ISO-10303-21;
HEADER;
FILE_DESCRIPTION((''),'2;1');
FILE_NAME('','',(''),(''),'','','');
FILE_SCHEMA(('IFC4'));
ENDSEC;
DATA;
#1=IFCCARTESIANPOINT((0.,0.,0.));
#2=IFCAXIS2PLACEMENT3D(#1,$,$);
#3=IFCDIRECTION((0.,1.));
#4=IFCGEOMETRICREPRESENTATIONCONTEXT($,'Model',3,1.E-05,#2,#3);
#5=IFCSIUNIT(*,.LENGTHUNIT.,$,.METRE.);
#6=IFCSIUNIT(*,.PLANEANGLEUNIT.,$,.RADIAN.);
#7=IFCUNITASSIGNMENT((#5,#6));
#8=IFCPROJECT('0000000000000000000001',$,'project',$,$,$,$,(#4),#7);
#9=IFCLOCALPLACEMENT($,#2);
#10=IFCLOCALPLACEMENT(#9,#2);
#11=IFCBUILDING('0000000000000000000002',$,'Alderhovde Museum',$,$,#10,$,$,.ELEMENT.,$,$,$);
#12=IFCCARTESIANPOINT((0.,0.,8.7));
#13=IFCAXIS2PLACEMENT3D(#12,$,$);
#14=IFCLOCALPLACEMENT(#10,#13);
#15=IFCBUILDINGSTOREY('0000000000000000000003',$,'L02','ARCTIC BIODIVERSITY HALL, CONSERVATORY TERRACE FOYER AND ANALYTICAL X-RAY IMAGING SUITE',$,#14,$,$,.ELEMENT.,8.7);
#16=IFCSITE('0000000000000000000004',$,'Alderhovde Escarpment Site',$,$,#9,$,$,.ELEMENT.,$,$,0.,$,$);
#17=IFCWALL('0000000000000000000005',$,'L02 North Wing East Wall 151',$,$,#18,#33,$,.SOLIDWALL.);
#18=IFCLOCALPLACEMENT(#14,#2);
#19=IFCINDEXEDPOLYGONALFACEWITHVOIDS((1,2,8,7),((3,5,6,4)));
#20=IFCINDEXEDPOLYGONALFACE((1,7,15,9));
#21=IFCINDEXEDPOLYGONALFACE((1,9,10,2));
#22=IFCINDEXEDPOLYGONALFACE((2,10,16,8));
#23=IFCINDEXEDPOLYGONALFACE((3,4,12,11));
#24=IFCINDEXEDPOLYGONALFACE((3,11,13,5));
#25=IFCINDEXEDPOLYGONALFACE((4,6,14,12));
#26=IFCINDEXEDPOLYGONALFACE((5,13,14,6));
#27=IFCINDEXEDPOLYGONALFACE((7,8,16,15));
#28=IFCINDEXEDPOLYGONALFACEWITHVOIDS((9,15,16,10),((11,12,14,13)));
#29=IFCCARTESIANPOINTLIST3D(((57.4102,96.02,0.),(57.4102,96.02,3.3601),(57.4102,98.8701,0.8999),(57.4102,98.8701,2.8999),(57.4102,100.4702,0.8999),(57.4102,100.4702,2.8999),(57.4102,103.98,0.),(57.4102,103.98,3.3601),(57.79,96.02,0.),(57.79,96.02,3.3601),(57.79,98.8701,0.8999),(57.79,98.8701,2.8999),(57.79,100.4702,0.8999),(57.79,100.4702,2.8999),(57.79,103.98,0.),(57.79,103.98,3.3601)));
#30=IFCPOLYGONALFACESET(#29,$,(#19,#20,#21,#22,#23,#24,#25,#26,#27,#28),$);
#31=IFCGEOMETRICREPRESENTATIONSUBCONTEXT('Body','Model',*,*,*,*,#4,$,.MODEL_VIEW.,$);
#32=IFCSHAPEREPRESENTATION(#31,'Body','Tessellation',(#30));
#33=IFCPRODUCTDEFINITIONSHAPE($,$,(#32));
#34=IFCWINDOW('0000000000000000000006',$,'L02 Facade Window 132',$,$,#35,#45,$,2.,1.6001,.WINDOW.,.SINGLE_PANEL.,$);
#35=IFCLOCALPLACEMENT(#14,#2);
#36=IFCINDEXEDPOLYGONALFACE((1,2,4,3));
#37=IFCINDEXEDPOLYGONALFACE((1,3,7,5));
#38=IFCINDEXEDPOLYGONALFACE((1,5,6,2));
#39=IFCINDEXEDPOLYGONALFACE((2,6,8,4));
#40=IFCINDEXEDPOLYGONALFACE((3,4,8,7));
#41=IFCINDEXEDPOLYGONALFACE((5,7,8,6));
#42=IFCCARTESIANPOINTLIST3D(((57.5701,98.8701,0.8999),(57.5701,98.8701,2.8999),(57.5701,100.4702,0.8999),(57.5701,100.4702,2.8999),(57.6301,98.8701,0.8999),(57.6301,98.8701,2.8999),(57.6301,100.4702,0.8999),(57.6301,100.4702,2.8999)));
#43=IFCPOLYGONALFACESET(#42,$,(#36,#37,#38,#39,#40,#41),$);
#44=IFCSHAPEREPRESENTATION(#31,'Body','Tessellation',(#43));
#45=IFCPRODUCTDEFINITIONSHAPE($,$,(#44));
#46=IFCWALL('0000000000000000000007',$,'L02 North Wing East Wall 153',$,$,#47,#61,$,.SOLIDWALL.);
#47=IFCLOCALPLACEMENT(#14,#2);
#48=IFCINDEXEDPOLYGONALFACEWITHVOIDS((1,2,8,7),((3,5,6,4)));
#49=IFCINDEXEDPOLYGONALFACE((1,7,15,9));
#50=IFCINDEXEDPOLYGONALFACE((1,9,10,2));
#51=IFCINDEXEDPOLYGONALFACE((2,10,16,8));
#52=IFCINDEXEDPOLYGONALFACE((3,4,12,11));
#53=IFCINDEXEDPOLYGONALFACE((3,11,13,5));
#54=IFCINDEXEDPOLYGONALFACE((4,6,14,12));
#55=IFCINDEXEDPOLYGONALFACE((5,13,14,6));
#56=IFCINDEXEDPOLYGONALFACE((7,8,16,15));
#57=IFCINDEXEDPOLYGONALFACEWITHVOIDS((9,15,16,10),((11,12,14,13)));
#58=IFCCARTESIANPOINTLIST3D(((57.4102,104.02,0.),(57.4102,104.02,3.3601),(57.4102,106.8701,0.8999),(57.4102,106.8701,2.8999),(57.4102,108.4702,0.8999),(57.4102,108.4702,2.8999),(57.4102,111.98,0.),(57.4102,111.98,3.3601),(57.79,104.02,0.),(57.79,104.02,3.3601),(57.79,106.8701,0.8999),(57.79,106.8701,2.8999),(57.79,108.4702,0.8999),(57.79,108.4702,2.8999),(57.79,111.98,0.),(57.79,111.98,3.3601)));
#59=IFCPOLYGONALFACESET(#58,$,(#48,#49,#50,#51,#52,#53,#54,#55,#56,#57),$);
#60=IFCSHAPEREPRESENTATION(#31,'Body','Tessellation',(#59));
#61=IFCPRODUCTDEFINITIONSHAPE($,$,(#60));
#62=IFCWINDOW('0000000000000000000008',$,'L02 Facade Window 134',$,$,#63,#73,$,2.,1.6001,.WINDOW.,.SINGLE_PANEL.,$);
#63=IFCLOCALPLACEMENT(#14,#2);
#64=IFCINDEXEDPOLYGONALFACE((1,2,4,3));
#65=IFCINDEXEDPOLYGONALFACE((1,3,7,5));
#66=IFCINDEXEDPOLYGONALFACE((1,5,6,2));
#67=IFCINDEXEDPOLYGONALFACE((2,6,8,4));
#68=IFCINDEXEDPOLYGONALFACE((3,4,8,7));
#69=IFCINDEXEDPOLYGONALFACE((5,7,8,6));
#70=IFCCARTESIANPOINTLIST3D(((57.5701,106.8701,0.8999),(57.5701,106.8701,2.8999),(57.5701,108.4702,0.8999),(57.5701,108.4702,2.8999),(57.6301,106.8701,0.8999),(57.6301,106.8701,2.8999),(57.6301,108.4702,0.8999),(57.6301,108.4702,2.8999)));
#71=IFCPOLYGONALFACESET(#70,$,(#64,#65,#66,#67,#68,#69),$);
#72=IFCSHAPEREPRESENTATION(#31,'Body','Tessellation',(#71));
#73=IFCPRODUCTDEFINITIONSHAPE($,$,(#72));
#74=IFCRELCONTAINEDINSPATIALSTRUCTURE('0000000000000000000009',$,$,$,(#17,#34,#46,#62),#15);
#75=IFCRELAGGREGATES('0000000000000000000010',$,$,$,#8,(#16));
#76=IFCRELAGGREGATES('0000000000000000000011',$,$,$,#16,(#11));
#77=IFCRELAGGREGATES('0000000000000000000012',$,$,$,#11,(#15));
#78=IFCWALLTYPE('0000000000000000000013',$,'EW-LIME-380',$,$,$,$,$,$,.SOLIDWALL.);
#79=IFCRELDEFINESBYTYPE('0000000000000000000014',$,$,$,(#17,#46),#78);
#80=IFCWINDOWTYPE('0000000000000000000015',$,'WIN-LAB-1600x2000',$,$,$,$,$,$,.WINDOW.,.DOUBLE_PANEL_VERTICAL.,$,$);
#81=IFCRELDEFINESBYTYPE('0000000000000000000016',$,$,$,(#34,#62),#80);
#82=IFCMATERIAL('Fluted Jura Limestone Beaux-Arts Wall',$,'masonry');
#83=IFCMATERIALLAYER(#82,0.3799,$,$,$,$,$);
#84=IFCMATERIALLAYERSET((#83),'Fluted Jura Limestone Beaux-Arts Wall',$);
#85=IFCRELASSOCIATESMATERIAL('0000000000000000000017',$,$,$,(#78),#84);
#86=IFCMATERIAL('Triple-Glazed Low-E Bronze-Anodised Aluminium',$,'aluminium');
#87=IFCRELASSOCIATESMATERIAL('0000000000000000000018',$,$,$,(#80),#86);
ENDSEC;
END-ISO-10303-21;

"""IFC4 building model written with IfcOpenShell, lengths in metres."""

from ifc_helpers import new_model, si_unit, direction, frame, frame_2d, origin, place, context, subcontext, project, spatial, rectangle, extrude, material, layer, layer_set, type_object, element, fill, save


model = new_model("IFC4")

# Units and contexts
model_context = context("Model", 3, precision=1e-05, world=origin(), true_north=direction((0.0, 1.0)))
body_context = subcontext(model_context, "Body", "Model", "MODEL_VIEW")
ifc_project = project(units=[si_unit("LENGTHUNIT", "METRE"), si_unit("PLANEANGLEUNIT", "RADIAN")], contexts=[model_context])

# Site, building, storey
site_placement = place(None, origin())
site = spatial("IfcSite", under=ifc_project, at=site_placement, Name="Alderhovde Escarpment Site", CompositionType="ELEMENT", RefElevation=0.0)
building_placement = place(site_placement, origin())
building = spatial("IfcBuilding", under=site, at=building_placement, Name="Alderhovde Museum", CompositionType="ELEMENT")
storey_placement = place(building_placement, frame((0.0, 0.0, 8.7)))
storey = spatial("IfcBuildingStorey", under=building, at=storey_placement, Name="L02", Description="ARCTIC BIODIVERSITY HALL, CONSERVATORY TERRACE FOYER AND ANALYTICAL X-RAY IMAGING SUITE", CompositionType="ELEMENT", Elevation=8.7)

# Walls, openings, windows
ifc_material_1 = material(Name="Fluted Jura Limestone Beaux-Arts Wall", Category="masonry")
ifc_layer_1 = layer(ifc_material_1, 0.3799)
ifc_layer_set_1 = layer_set([ifc_layer_1], Name="Fluted Jura Limestone Beaux-Arts Wall")
wall_type = type_object("IfcWallType", Name="EW-LIME-380", PredefinedType="SOLIDWALL", material=ifc_layer_set_1)
ifc_material_2 = material(Name="Triple-Glazed Low-E Bronze-Anodised Aluminium", Category="aluminium")
window_type = type_object("IfcWindowType", Name="WIN-LAB-1600x2000", PartitioningType="DOUBLE_PANEL_VERTICAL", PredefinedType="WINDOW", material=ifc_material_2)
wall_1_placement = place(storey_placement, frame((57.6001, 96.02, 0.0), z_axis=(0.0, 0.0, 1.0), x_axis=(0.0, 1.0, 0.0)))
wall_1 = element("IfcWall", 1, at=wall_1_placement, inside=storey, type_object=wall_type, Name="L02 North Wing East Wall 151", PredefinedType="SOLIDWALL", context=body_context, shape_type="SweptSolid", body=[
    extrude(rectangle(XDim=7.96, YDim=0.3799, at=frame_2d((3.98, 0.0))), origin(), (0.0, 0.0, 1.0), 3.3601),
])
opening_1_placement = place(wall_1_placement, frame((2.8501, 0.0, 0.8999)))
opening_1 = element("IfcOpeningElement", 2, at=opening_1_placement, cuts=wall_1, PredefinedType="OPENING", context=body_context, shape_type="SweptSolid", body=[
    extrude(rectangle(XDim=1.6001, YDim=2.0, at=frame_2d((0.8, 1.0))), frame((0.0, 0.2, 0.0), z_axis=(0.0, -1.0, 0.0), x_axis=(1.0, 0.0, 0.0)), (0.0, 0.0, 1.0), 0.3999),
])
window_1_placement = place(opening_1_placement, origin())
window_1 = element("IfcWindow", 3, at=window_1_placement, inside=storey, type_object=window_type, Name="L02 Facade Window 132", OverallHeight=2.0, OverallWidth=1.6001, PartitioningType="SINGLE_PANEL", PredefinedType="WINDOW", context=body_context, shape_type="SweptSolid", body=[
    extrude(rectangle(XDim=1.6001, YDim=2.0, at=frame_2d((0.8, 1.0))), frame((0.0, 0.03, 0.0), z_axis=(0.0, -1.0, 0.0), x_axis=(1.0, 0.0, 0.0)), (0.0, 0.0, 1.0), 0.0601),
])
fill(opening_1, window_1)
wall_2_placement = place(storey_placement, frame((57.6001, 104.02, 0.0), z_axis=(0.0, 0.0, 1.0), x_axis=(0.0, 1.0, 0.0)))
wall_2 = element("IfcWall", 4, at=wall_2_placement, inside=storey, type_object=wall_type, Name="L02 North Wing East Wall 153", PredefinedType="SOLIDWALL", context=body_context, shape_type="SweptSolid", body=[
    extrude(rectangle(XDim=7.96, YDim=0.3799, at=frame_2d((3.98, 0.0))), origin(), (0.0, 0.0, 1.0), 3.3601),
])
opening_2_placement = place(wall_2_placement, frame((2.8501, 0.0, 0.8999)))
opening_2 = element("IfcOpeningElement", 5, at=opening_2_placement, cuts=wall_2, PredefinedType="OPENING", context=body_context, shape_type="SweptSolid", body=[
    extrude(rectangle(XDim=1.6001, YDim=2.0, at=frame_2d((0.8, 1.0))), frame((0.0, 0.2, 0.0), z_axis=(0.0, -1.0, 0.0), x_axis=(1.0, 0.0, 0.0)), (0.0, 0.0, 1.0), 0.3999),
])
window_2_placement = place(opening_2_placement, origin())
window_2 = element("IfcWindow", 6, at=window_2_placement, inside=storey, type_object=window_type, Name="L02 Facade Window 134", OverallHeight=2.0, OverallWidth=1.6001, PartitioningType="SINGLE_PANEL", PredefinedType="WINDOW", context=body_context, shape_type="SweptSolid", body=[
    extrude(rectangle(XDim=1.6001, YDim=2.0, at=frame_2d((0.8, 1.0))), frame((0.0, 0.03, 0.0), z_axis=(0.0, -1.0, 0.0), x_axis=(1.0, 0.0, 0.0)), (0.0, 0.0, 1.0), 0.0601),
])
fill(opening_2, window_2)

save(model, "model.ifc")
